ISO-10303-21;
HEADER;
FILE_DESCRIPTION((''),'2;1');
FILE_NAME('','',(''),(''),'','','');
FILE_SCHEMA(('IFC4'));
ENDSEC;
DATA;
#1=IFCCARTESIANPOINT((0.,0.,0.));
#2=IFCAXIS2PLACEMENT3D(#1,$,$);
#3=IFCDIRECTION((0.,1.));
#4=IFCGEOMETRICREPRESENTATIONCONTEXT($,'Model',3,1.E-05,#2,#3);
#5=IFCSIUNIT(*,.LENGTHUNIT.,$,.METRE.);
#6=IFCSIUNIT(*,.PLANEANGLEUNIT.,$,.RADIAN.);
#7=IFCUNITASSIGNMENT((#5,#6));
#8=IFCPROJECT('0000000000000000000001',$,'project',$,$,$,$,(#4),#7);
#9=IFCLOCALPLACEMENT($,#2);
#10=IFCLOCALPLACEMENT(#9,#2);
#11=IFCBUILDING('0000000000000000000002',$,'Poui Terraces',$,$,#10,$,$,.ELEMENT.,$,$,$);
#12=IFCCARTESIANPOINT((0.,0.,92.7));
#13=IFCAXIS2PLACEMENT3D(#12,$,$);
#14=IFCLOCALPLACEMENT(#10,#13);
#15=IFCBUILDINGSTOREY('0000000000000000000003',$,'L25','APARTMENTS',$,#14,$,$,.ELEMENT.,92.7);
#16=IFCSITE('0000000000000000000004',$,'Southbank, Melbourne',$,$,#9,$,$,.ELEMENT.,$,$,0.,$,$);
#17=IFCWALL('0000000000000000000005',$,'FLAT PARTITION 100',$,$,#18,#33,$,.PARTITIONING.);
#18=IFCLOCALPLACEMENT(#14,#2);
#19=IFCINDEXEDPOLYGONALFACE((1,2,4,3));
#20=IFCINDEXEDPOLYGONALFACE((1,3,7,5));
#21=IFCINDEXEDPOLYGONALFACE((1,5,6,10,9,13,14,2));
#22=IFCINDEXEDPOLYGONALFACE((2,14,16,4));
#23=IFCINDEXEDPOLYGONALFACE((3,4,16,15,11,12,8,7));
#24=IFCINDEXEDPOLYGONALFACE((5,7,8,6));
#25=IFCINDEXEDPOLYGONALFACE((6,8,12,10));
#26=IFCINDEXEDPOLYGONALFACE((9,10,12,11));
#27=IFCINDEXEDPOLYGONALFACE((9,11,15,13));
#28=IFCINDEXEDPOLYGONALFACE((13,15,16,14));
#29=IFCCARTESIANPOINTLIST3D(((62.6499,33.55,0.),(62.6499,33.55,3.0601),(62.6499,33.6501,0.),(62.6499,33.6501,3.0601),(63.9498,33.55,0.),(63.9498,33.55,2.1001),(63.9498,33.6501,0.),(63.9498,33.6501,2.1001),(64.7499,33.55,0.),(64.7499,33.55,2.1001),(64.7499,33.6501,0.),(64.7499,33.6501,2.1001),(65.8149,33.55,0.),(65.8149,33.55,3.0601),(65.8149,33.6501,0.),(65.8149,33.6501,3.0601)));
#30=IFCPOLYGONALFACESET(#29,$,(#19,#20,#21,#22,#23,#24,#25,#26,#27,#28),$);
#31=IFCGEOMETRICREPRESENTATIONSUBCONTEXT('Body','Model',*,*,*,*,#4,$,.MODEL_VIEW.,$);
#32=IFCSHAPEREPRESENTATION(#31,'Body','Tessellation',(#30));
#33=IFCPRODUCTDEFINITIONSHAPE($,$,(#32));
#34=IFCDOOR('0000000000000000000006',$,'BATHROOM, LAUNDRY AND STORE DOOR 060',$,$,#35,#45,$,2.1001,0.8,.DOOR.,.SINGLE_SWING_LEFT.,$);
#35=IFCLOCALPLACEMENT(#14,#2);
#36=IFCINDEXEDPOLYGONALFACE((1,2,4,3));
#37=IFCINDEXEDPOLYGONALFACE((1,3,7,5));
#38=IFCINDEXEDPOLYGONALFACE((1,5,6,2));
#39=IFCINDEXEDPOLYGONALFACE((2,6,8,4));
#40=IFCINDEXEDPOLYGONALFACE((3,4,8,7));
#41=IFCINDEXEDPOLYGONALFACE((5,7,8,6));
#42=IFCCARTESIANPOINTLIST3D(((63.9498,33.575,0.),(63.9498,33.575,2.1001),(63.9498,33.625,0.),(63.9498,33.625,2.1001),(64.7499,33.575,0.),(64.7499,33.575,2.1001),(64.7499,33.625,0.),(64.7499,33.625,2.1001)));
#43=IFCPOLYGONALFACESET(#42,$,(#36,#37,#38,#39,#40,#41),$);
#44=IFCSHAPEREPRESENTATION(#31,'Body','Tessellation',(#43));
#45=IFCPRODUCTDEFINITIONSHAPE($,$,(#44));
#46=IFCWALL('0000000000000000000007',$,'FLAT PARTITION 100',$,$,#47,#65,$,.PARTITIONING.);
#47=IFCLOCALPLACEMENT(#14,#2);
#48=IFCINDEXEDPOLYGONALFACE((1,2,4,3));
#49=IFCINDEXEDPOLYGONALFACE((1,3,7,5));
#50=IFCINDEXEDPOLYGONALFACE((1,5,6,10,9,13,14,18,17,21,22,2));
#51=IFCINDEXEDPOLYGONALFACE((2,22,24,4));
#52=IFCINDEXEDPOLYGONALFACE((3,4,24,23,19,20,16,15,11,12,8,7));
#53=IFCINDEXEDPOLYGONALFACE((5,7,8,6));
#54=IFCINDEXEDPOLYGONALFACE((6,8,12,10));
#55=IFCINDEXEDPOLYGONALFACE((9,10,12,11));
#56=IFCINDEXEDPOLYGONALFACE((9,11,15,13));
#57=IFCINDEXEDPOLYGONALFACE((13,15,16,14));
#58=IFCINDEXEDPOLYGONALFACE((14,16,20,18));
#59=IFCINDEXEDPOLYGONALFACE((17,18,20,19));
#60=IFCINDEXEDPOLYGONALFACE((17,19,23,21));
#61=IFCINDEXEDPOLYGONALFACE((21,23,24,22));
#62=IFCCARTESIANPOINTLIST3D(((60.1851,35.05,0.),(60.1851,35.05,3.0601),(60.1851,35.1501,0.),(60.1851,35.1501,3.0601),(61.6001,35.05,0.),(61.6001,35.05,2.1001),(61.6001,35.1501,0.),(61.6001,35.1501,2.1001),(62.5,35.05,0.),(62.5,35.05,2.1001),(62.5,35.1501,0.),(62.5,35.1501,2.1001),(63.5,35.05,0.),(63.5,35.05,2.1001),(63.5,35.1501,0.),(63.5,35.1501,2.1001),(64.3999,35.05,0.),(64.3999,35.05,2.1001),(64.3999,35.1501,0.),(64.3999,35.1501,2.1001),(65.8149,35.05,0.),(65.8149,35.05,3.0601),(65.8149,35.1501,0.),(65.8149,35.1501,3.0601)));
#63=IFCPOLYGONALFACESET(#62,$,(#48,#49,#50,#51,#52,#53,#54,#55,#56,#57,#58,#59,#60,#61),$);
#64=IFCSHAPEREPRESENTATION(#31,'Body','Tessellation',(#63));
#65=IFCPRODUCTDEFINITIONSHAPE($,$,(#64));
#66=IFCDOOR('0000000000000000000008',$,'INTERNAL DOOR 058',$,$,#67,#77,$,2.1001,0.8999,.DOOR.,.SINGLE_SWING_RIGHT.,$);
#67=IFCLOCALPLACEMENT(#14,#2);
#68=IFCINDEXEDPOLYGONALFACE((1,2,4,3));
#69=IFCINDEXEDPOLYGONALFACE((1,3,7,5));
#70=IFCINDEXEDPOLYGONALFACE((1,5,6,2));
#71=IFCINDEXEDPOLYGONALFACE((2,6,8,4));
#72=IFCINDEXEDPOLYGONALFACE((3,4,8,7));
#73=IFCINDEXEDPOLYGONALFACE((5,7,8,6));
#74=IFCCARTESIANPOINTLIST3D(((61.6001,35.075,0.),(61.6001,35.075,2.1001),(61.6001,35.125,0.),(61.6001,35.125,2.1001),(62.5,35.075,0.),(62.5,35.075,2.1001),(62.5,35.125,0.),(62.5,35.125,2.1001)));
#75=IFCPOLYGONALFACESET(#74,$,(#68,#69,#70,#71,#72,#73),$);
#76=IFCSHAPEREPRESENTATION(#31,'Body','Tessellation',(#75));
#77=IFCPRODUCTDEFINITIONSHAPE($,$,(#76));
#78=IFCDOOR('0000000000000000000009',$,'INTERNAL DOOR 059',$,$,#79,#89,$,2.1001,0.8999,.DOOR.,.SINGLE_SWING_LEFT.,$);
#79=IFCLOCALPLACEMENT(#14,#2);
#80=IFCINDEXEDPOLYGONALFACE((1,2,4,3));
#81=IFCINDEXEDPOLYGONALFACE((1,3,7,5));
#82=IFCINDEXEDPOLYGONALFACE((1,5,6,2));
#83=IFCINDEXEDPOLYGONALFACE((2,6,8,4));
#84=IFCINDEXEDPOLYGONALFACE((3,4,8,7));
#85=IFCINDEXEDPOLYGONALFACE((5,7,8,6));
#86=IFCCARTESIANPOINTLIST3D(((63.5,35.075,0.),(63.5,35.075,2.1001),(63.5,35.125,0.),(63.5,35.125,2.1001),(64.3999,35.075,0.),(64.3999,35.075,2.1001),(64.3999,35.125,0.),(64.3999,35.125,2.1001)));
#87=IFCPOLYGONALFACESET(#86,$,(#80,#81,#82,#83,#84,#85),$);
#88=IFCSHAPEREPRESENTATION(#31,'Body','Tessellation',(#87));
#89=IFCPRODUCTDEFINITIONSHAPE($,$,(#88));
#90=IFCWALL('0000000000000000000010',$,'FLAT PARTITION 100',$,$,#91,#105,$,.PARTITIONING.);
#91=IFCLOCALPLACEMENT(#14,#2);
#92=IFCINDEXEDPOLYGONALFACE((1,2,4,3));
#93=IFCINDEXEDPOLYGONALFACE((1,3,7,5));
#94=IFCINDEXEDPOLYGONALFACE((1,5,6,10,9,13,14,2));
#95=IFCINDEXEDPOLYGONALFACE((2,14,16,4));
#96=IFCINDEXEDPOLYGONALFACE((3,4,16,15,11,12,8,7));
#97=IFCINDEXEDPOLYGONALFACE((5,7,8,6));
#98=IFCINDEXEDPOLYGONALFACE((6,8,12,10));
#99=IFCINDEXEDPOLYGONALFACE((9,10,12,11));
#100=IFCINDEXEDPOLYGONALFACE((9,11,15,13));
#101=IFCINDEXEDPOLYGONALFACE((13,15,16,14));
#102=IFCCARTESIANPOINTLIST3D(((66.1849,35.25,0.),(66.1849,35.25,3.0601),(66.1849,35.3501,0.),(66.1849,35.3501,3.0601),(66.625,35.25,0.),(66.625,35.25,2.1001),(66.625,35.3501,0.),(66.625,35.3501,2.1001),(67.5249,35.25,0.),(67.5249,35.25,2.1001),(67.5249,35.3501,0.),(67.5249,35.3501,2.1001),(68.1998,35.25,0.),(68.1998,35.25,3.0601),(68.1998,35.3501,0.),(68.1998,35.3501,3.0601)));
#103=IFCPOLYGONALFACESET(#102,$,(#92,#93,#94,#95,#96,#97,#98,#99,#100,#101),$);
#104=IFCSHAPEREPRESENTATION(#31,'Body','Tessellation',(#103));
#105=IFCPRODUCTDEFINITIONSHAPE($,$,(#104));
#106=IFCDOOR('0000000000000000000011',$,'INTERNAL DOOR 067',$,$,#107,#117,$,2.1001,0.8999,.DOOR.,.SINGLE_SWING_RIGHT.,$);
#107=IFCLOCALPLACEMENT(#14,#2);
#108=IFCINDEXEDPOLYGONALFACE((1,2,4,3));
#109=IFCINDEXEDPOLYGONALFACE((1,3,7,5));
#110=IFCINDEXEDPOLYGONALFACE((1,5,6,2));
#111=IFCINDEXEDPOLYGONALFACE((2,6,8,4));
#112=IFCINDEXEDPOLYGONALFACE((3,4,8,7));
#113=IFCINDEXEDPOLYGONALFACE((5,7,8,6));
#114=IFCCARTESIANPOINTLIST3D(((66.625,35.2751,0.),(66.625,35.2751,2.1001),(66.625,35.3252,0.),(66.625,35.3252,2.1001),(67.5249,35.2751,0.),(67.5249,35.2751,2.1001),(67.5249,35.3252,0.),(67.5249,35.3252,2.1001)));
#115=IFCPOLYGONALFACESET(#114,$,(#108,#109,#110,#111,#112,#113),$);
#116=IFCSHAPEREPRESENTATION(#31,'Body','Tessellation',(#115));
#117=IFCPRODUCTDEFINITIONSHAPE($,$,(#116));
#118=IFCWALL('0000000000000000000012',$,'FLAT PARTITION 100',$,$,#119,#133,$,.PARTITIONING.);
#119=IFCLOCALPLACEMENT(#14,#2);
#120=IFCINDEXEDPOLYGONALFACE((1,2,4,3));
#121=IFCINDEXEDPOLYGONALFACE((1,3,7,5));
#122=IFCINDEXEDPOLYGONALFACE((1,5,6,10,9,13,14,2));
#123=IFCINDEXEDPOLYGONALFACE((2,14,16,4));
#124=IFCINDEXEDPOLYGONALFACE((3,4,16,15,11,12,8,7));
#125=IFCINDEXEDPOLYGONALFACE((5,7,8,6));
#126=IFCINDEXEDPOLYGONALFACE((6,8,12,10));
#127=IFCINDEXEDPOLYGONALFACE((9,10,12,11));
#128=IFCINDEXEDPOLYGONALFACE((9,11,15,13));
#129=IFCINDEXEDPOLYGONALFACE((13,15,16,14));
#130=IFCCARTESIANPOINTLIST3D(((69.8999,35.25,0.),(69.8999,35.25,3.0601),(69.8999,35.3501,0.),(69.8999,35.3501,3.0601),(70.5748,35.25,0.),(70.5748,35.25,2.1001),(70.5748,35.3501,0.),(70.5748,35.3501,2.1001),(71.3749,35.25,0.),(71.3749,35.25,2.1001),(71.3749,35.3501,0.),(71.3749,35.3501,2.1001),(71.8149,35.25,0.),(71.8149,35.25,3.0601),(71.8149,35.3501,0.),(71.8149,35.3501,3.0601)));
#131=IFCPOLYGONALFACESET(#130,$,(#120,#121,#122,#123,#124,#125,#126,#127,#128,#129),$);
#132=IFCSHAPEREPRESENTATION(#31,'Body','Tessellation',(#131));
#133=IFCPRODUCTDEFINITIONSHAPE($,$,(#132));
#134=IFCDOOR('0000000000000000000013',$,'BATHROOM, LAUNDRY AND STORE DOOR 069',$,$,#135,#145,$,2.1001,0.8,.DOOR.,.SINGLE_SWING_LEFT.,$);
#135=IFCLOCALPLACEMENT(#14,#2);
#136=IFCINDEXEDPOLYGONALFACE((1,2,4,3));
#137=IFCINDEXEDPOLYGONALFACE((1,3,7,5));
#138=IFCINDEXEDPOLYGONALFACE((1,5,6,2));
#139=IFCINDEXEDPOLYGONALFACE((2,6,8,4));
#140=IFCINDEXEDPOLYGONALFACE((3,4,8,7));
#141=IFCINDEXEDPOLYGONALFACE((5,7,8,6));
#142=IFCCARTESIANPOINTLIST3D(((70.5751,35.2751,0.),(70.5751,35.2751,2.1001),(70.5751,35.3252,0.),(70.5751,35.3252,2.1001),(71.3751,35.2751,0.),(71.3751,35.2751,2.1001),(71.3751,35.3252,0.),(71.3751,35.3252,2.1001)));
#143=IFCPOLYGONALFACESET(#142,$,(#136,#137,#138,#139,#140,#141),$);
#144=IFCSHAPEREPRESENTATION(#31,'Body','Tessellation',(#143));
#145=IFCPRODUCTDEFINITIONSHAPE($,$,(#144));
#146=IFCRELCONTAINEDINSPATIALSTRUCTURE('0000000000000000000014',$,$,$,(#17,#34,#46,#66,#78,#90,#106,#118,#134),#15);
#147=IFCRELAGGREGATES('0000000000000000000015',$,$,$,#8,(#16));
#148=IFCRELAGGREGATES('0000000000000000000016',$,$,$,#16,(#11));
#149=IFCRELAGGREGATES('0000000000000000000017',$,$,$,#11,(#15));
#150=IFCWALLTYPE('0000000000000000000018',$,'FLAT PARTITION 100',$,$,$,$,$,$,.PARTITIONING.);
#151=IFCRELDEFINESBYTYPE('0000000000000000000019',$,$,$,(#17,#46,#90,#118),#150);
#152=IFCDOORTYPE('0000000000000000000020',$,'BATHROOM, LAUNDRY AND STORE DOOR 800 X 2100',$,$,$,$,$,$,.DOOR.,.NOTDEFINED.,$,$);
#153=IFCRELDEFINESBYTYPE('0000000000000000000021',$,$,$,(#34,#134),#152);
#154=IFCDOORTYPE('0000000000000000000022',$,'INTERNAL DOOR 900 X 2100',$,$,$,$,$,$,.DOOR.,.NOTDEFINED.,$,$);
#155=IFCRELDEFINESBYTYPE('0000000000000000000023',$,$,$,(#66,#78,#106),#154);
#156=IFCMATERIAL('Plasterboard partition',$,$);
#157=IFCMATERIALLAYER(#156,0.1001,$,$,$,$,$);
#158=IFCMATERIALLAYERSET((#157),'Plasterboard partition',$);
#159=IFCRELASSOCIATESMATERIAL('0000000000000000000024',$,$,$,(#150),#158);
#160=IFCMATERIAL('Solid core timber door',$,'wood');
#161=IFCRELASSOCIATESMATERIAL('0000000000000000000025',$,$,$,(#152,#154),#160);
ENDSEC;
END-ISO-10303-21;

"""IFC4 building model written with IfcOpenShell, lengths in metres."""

from ifc_helpers import new_model, si_unit, direction, frame, frame_2d, origin, place, context, subcontext, project, spatial, rectangle, extrude, material, layer, layer_set, type_object, element, fill, save


model = new_model("IFC4")

# Units and contexts
model_context = context("Model", 3, precision=1e-05, world=origin(), true_north=direction((0.0, 1.0)))
body_context = subcontext(model_context, "Body", "Model", "MODEL_VIEW")
ifc_project = project(units=[si_unit("LENGTHUNIT", "METRE"), si_unit("PLANEANGLEUNIT", "RADIAN")], contexts=[model_context])

# Site, building, storey
site_placement = place(None, origin())
site = spatial("IfcSite", under=ifc_project, at=site_placement, Name="Southbank, Melbourne", CompositionType="ELEMENT", RefElevation=0.0)
building_placement = place(site_placement, origin())
building = spatial("IfcBuilding", under=site, at=building_placement, Name="Poui Terraces", CompositionType="ELEMENT")
storey_placement = place(building_placement, frame((0.0, 0.0, 92.7)))
storey = spatial("IfcBuildingStorey", under=building, at=storey_placement, Name="L25", Description="APARTMENTS", CompositionType="ELEMENT", Elevation=92.7)

# Wall, opening, door
ifc_material_1 = material(Name="Plasterboard partition")
ifc_layer_1 = layer(ifc_material_1, 0.1001)
ifc_layer_set_1 = layer_set([ifc_layer_1], Name="Plasterboard partition")
wall_type_1 = type_object("IfcWallType", Name="FLAT PARTITION 100", PredefinedType="PARTITIONING", material=ifc_layer_set_1)
wall_1_placement = place(storey_placement, frame((62.6499, 33.6001, 0.0), z_axis=(0.0, 0.0, 1.0), x_axis=(1.0, 0.0, 0.0)))
wall_1 = element("IfcWall", 1, at=wall_1_placement, inside=storey, type_object=wall_type_1, Name="FLAT PARTITION 100", PredefinedType="PARTITIONING", context=body_context, shape_type="SweptSolid", body=[
    extrude(rectangle(XDim=3.165, YDim=0.1001, at=frame_2d((1.5825, 0.0))), origin(), (0.0, 0.0, 1.0), 3.0601),
])
opening_1_placement = place(wall_1_placement, frame((1.3, 0.0, 0.0)))
opening_1 = element("IfcOpeningElement", 2, at=opening_1_placement, cuts=wall_1, PredefinedType="OPENING", context=body_context, shape_type="SweptSolid", body=[
    extrude(rectangle(XDim=0.8, YDim=2.1001, at=frame_2d((0.3999, 1.05))), frame((0.0, 0.0601, 0.0), z_axis=(0.0, -1.0, 0.0), x_axis=(1.0, 0.0, 0.0)), (0.0, 0.0, 1.0), 0.1201),
])
ifc_material_2 = material(Name="Solid core timber door", Category="wood")
door_type_1 = type_object("IfcDoorType", Name="BATHROOM, LAUNDRY AND STORE DOOR 800 X 2100", OperationType="NOTDEFINED", PredefinedType="DOOR", material=ifc_material_2)
door_1_placement = place(opening_1_placement, origin())
door_1 = element("IfcDoor", 3, at=door_1_placement, inside=storey, type_object=door_type_1, Name="BATHROOM, LAUNDRY AND STORE DOOR 060", OperationType="SINGLE_SWING_LEFT", OverallHeight=2.1001, OverallWidth=0.8, PredefinedType="DOOR", context=body_context, shape_type="SweptSolid", body=[
    extrude(rectangle(XDim=0.8, YDim=2.1001, at=frame_2d((0.3999, 1.05))), frame((0.0, 0.0249, 0.0), z_axis=(0.0, -1.0, 0.0), x_axis=(1.0, 0.0, 0.0)), (0.0, 0.0, 1.0), 0.05),
])
fill(opening_1, door_1)

# Wall, openings, doors
wall_2_placement = place(storey_placement, frame((60.1851, 35.1001, 0.0), z_axis=(0.0, 0.0, 1.0), x_axis=(1.0, 0.0, 0.0)))
wall_2 = element("IfcWall", 4, at=wall_2_placement, inside=storey, type_object=wall_type_1, Name="FLAT PARTITION 100", PredefinedType="PARTITIONING", context=body_context, shape_type="SweptSolid", body=[
    extrude(rectangle(XDim=5.6299, YDim=0.1001, at=frame_2d((2.8149, 0.0))), origin(), (0.0, 0.0, 1.0), 3.0601),
])
opening_2_placement = place(wall_2_placement, frame((1.415, 0.0, 0.0)))
opening_2 = element("IfcOpeningElement", 5, at=opening_2_placement, cuts=wall_2, PredefinedType="OPENING", context=body_context, shape_type="SweptSolid", body=[
    extrude(rectangle(XDim=0.8999, YDim=2.1001, at=frame_2d((0.45, 1.05))), frame((0.0, 0.0601, 0.0), z_axis=(0.0, -1.0, 0.0), x_axis=(1.0, 0.0, 0.0)), (0.0, 0.0, 1.0), 0.1201),
])
opening_3_placement = place(wall_2_placement, frame((3.3149, 0.0, 0.0)))
opening_3 = element("IfcOpeningElement", 6, at=opening_3_placement, cuts=wall_2, PredefinedType="OPENING", context=body_context, shape_type="SweptSolid", body=[
    extrude(rectangle(XDim=0.8999, YDim=2.1001, at=frame_2d((0.45, 1.05))), frame((0.0, 0.0601, 0.0), z_axis=(0.0, -1.0, 0.0), x_axis=(1.0, 0.0, 0.0)), (0.0, 0.0, 1.0), 0.1201),
])
door_type_2 = type_object("IfcDoorType", Name="INTERNAL DOOR 900 X 2100", OperationType="NOTDEFINED", PredefinedType="DOOR", material=ifc_material_2)
door_2_placement = place(opening_2_placement, origin())
door_2 = element("IfcDoor", 7, at=door_2_placement, inside=storey, type_object=door_type_2, Name="INTERNAL DOOR 058", OperationType="SINGLE_SWING_RIGHT", OverallHeight=2.1001, OverallWidth=0.8999, PredefinedType="DOOR", context=body_context, shape_type="SweptSolid", body=[
    extrude(rectangle(XDim=0.8999, YDim=2.1001, at=frame_2d((0.45, 1.05))), frame((0.0, 0.0249, 0.0), z_axis=(0.0, -1.0, 0.0), x_axis=(1.0, 0.0, 0.0)), (0.0, 0.0, 1.0), 0.05),
])
fill(opening_2, door_2)
door_3_placement = place(opening_3_placement, origin())
door_3 = element("IfcDoor", 8, at=door_3_placement, inside=storey, type_object=door_type_2, Name="INTERNAL DOOR 059", OperationType="SINGLE_SWING_LEFT", OverallHeight=2.1001, OverallWidth=0.8999, PredefinedType="DOOR", context=body_context, shape_type="SweptSolid", body=[
    extrude(rectangle(XDim=0.8999, YDim=2.1001, at=frame_2d((0.45, 1.05))), frame((0.0, 0.0249, 0.0), z_axis=(0.0, -1.0, 0.0), x_axis=(1.0, 0.0, 0.0)), (0.0, 0.0, 1.0), 0.05),
])
fill(opening_3, door_3)

# Walls, openings, doors
wall_3_placement = place(storey_placement, frame((66.1851, 35.3, 0.0), z_axis=(0.0, 0.0, 1.0), x_axis=(1.0, 0.0, 0.0)))
wall_3 = element("IfcWall", 9, at=wall_3_placement, inside=storey, type_object=wall_type_1, Name="FLAT PARTITION 100", PredefinedType="PARTITIONING", context=body_context, shape_type="SweptSolid", body=[
    extrude(rectangle(XDim=2.0149, YDim=0.1001, at=frame_2d((1.0073, 0.0))), origin(), (0.0, 0.0, 1.0), 3.0601),
])
opening_4_placement = place(wall_3_placement, frame((0.4399, 0.0, 0.0)))
opening_4 = element("IfcOpeningElement", 10, at=opening_4_placement, cuts=wall_3, PredefinedType="OPENING", context=body_context, shape_type="SweptSolid", body=[
    extrude(rectangle(XDim=0.8999, YDim=2.1001, at=frame_2d((0.45, 1.05))), frame((0.0, 0.0601, 0.0), z_axis=(0.0, -1.0, 0.0), x_axis=(1.0, 0.0, 0.0)), (0.0, 0.0, 1.0), 0.1201),
])
door_4_placement = place(opening_4_placement, frame((0.8999, 0.0, 0.0), z_axis=(0.0, 0.0, 1.0), x_axis=(-1.0, 0.0, 0.0)))
door_4 = element("IfcDoor", 11, at=door_4_placement, inside=storey, type_object=door_type_2, Name="INTERNAL DOOR 067", OperationType="SINGLE_SWING_RIGHT", OverallHeight=2.1001, OverallWidth=0.8999, PredefinedType="DOOR", context=body_context, shape_type="SweptSolid", body=[
    extrude(rectangle(XDim=0.8999, YDim=2.1001, at=frame_2d((0.45, 1.05))), frame((0.0, 0.0249, 0.0), z_axis=(0.0, -1.0, 0.0), x_axis=(1.0, 0.0, 0.0)), (0.0, 0.0, 1.0), 0.05),
])
fill(opening_4, door_4)
wall_4_placement = place(storey_placement, frame((69.8999, 35.3, 0.0), z_axis=(0.0, 0.0, 1.0), x_axis=(1.0, 0.0, 0.0)))
wall_4 = element("IfcWall", 12, at=wall_4_placement, inside=storey, type_object=wall_type_1, Name="FLAT PARTITION 100", PredefinedType="PARTITIONING", context=body_context, shape_type="SweptSolid", body=[
    extrude(rectangle(XDim=1.915, YDim=0.1001, at=frame_2d((0.9575, 0.0))), origin(), (0.0, 0.0, 1.0), 3.0601),
])
opening_5_placement = place(wall_4_placement, frame((0.675, 0.0, 0.0)))
opening_5 = element("IfcOpeningElement", 13, at=opening_5_placement, cuts=wall_4, PredefinedType="OPENING", context=body_context, shape_type="SweptSolid", body=[
    extrude(rectangle(XDim=0.8, YDim=2.1001, at=frame_2d((0.3999, 1.05))), frame((0.0, 0.0601, 0.0), z_axis=(0.0, -1.0, 0.0), x_axis=(1.0, 0.0, 0.0)), (0.0, 0.0, 1.0), 0.1201),
])
door_5_placement = place(opening_5_placement, frame((0.8, 0.0, 0.0), z_axis=(0.0, 0.0, 1.0), x_axis=(-1.0, 0.0, 0.0)))
door_5 = element("IfcDoor", 14, at=door_5_placement, inside=storey, type_object=door_type_1, Name="BATHROOM, LAUNDRY AND STORE DOOR 069", OperationType="SINGLE_SWING_LEFT", OverallHeight=2.1001, OverallWidth=0.8, PredefinedType="DOOR", context=body_context, shape_type="SweptSolid", body=[
    extrude(rectangle(XDim=0.8, YDim=2.1001, at=frame_2d((0.3999, 1.05))), frame((0.0, 0.0249, 0.0), z_axis=(0.0, -1.0, 0.0), x_axis=(1.0, 0.0, 0.0)), (0.0, 0.0, 1.0), 0.05),
])
fill(opening_5, door_5)

save(model, "model.ifc")
